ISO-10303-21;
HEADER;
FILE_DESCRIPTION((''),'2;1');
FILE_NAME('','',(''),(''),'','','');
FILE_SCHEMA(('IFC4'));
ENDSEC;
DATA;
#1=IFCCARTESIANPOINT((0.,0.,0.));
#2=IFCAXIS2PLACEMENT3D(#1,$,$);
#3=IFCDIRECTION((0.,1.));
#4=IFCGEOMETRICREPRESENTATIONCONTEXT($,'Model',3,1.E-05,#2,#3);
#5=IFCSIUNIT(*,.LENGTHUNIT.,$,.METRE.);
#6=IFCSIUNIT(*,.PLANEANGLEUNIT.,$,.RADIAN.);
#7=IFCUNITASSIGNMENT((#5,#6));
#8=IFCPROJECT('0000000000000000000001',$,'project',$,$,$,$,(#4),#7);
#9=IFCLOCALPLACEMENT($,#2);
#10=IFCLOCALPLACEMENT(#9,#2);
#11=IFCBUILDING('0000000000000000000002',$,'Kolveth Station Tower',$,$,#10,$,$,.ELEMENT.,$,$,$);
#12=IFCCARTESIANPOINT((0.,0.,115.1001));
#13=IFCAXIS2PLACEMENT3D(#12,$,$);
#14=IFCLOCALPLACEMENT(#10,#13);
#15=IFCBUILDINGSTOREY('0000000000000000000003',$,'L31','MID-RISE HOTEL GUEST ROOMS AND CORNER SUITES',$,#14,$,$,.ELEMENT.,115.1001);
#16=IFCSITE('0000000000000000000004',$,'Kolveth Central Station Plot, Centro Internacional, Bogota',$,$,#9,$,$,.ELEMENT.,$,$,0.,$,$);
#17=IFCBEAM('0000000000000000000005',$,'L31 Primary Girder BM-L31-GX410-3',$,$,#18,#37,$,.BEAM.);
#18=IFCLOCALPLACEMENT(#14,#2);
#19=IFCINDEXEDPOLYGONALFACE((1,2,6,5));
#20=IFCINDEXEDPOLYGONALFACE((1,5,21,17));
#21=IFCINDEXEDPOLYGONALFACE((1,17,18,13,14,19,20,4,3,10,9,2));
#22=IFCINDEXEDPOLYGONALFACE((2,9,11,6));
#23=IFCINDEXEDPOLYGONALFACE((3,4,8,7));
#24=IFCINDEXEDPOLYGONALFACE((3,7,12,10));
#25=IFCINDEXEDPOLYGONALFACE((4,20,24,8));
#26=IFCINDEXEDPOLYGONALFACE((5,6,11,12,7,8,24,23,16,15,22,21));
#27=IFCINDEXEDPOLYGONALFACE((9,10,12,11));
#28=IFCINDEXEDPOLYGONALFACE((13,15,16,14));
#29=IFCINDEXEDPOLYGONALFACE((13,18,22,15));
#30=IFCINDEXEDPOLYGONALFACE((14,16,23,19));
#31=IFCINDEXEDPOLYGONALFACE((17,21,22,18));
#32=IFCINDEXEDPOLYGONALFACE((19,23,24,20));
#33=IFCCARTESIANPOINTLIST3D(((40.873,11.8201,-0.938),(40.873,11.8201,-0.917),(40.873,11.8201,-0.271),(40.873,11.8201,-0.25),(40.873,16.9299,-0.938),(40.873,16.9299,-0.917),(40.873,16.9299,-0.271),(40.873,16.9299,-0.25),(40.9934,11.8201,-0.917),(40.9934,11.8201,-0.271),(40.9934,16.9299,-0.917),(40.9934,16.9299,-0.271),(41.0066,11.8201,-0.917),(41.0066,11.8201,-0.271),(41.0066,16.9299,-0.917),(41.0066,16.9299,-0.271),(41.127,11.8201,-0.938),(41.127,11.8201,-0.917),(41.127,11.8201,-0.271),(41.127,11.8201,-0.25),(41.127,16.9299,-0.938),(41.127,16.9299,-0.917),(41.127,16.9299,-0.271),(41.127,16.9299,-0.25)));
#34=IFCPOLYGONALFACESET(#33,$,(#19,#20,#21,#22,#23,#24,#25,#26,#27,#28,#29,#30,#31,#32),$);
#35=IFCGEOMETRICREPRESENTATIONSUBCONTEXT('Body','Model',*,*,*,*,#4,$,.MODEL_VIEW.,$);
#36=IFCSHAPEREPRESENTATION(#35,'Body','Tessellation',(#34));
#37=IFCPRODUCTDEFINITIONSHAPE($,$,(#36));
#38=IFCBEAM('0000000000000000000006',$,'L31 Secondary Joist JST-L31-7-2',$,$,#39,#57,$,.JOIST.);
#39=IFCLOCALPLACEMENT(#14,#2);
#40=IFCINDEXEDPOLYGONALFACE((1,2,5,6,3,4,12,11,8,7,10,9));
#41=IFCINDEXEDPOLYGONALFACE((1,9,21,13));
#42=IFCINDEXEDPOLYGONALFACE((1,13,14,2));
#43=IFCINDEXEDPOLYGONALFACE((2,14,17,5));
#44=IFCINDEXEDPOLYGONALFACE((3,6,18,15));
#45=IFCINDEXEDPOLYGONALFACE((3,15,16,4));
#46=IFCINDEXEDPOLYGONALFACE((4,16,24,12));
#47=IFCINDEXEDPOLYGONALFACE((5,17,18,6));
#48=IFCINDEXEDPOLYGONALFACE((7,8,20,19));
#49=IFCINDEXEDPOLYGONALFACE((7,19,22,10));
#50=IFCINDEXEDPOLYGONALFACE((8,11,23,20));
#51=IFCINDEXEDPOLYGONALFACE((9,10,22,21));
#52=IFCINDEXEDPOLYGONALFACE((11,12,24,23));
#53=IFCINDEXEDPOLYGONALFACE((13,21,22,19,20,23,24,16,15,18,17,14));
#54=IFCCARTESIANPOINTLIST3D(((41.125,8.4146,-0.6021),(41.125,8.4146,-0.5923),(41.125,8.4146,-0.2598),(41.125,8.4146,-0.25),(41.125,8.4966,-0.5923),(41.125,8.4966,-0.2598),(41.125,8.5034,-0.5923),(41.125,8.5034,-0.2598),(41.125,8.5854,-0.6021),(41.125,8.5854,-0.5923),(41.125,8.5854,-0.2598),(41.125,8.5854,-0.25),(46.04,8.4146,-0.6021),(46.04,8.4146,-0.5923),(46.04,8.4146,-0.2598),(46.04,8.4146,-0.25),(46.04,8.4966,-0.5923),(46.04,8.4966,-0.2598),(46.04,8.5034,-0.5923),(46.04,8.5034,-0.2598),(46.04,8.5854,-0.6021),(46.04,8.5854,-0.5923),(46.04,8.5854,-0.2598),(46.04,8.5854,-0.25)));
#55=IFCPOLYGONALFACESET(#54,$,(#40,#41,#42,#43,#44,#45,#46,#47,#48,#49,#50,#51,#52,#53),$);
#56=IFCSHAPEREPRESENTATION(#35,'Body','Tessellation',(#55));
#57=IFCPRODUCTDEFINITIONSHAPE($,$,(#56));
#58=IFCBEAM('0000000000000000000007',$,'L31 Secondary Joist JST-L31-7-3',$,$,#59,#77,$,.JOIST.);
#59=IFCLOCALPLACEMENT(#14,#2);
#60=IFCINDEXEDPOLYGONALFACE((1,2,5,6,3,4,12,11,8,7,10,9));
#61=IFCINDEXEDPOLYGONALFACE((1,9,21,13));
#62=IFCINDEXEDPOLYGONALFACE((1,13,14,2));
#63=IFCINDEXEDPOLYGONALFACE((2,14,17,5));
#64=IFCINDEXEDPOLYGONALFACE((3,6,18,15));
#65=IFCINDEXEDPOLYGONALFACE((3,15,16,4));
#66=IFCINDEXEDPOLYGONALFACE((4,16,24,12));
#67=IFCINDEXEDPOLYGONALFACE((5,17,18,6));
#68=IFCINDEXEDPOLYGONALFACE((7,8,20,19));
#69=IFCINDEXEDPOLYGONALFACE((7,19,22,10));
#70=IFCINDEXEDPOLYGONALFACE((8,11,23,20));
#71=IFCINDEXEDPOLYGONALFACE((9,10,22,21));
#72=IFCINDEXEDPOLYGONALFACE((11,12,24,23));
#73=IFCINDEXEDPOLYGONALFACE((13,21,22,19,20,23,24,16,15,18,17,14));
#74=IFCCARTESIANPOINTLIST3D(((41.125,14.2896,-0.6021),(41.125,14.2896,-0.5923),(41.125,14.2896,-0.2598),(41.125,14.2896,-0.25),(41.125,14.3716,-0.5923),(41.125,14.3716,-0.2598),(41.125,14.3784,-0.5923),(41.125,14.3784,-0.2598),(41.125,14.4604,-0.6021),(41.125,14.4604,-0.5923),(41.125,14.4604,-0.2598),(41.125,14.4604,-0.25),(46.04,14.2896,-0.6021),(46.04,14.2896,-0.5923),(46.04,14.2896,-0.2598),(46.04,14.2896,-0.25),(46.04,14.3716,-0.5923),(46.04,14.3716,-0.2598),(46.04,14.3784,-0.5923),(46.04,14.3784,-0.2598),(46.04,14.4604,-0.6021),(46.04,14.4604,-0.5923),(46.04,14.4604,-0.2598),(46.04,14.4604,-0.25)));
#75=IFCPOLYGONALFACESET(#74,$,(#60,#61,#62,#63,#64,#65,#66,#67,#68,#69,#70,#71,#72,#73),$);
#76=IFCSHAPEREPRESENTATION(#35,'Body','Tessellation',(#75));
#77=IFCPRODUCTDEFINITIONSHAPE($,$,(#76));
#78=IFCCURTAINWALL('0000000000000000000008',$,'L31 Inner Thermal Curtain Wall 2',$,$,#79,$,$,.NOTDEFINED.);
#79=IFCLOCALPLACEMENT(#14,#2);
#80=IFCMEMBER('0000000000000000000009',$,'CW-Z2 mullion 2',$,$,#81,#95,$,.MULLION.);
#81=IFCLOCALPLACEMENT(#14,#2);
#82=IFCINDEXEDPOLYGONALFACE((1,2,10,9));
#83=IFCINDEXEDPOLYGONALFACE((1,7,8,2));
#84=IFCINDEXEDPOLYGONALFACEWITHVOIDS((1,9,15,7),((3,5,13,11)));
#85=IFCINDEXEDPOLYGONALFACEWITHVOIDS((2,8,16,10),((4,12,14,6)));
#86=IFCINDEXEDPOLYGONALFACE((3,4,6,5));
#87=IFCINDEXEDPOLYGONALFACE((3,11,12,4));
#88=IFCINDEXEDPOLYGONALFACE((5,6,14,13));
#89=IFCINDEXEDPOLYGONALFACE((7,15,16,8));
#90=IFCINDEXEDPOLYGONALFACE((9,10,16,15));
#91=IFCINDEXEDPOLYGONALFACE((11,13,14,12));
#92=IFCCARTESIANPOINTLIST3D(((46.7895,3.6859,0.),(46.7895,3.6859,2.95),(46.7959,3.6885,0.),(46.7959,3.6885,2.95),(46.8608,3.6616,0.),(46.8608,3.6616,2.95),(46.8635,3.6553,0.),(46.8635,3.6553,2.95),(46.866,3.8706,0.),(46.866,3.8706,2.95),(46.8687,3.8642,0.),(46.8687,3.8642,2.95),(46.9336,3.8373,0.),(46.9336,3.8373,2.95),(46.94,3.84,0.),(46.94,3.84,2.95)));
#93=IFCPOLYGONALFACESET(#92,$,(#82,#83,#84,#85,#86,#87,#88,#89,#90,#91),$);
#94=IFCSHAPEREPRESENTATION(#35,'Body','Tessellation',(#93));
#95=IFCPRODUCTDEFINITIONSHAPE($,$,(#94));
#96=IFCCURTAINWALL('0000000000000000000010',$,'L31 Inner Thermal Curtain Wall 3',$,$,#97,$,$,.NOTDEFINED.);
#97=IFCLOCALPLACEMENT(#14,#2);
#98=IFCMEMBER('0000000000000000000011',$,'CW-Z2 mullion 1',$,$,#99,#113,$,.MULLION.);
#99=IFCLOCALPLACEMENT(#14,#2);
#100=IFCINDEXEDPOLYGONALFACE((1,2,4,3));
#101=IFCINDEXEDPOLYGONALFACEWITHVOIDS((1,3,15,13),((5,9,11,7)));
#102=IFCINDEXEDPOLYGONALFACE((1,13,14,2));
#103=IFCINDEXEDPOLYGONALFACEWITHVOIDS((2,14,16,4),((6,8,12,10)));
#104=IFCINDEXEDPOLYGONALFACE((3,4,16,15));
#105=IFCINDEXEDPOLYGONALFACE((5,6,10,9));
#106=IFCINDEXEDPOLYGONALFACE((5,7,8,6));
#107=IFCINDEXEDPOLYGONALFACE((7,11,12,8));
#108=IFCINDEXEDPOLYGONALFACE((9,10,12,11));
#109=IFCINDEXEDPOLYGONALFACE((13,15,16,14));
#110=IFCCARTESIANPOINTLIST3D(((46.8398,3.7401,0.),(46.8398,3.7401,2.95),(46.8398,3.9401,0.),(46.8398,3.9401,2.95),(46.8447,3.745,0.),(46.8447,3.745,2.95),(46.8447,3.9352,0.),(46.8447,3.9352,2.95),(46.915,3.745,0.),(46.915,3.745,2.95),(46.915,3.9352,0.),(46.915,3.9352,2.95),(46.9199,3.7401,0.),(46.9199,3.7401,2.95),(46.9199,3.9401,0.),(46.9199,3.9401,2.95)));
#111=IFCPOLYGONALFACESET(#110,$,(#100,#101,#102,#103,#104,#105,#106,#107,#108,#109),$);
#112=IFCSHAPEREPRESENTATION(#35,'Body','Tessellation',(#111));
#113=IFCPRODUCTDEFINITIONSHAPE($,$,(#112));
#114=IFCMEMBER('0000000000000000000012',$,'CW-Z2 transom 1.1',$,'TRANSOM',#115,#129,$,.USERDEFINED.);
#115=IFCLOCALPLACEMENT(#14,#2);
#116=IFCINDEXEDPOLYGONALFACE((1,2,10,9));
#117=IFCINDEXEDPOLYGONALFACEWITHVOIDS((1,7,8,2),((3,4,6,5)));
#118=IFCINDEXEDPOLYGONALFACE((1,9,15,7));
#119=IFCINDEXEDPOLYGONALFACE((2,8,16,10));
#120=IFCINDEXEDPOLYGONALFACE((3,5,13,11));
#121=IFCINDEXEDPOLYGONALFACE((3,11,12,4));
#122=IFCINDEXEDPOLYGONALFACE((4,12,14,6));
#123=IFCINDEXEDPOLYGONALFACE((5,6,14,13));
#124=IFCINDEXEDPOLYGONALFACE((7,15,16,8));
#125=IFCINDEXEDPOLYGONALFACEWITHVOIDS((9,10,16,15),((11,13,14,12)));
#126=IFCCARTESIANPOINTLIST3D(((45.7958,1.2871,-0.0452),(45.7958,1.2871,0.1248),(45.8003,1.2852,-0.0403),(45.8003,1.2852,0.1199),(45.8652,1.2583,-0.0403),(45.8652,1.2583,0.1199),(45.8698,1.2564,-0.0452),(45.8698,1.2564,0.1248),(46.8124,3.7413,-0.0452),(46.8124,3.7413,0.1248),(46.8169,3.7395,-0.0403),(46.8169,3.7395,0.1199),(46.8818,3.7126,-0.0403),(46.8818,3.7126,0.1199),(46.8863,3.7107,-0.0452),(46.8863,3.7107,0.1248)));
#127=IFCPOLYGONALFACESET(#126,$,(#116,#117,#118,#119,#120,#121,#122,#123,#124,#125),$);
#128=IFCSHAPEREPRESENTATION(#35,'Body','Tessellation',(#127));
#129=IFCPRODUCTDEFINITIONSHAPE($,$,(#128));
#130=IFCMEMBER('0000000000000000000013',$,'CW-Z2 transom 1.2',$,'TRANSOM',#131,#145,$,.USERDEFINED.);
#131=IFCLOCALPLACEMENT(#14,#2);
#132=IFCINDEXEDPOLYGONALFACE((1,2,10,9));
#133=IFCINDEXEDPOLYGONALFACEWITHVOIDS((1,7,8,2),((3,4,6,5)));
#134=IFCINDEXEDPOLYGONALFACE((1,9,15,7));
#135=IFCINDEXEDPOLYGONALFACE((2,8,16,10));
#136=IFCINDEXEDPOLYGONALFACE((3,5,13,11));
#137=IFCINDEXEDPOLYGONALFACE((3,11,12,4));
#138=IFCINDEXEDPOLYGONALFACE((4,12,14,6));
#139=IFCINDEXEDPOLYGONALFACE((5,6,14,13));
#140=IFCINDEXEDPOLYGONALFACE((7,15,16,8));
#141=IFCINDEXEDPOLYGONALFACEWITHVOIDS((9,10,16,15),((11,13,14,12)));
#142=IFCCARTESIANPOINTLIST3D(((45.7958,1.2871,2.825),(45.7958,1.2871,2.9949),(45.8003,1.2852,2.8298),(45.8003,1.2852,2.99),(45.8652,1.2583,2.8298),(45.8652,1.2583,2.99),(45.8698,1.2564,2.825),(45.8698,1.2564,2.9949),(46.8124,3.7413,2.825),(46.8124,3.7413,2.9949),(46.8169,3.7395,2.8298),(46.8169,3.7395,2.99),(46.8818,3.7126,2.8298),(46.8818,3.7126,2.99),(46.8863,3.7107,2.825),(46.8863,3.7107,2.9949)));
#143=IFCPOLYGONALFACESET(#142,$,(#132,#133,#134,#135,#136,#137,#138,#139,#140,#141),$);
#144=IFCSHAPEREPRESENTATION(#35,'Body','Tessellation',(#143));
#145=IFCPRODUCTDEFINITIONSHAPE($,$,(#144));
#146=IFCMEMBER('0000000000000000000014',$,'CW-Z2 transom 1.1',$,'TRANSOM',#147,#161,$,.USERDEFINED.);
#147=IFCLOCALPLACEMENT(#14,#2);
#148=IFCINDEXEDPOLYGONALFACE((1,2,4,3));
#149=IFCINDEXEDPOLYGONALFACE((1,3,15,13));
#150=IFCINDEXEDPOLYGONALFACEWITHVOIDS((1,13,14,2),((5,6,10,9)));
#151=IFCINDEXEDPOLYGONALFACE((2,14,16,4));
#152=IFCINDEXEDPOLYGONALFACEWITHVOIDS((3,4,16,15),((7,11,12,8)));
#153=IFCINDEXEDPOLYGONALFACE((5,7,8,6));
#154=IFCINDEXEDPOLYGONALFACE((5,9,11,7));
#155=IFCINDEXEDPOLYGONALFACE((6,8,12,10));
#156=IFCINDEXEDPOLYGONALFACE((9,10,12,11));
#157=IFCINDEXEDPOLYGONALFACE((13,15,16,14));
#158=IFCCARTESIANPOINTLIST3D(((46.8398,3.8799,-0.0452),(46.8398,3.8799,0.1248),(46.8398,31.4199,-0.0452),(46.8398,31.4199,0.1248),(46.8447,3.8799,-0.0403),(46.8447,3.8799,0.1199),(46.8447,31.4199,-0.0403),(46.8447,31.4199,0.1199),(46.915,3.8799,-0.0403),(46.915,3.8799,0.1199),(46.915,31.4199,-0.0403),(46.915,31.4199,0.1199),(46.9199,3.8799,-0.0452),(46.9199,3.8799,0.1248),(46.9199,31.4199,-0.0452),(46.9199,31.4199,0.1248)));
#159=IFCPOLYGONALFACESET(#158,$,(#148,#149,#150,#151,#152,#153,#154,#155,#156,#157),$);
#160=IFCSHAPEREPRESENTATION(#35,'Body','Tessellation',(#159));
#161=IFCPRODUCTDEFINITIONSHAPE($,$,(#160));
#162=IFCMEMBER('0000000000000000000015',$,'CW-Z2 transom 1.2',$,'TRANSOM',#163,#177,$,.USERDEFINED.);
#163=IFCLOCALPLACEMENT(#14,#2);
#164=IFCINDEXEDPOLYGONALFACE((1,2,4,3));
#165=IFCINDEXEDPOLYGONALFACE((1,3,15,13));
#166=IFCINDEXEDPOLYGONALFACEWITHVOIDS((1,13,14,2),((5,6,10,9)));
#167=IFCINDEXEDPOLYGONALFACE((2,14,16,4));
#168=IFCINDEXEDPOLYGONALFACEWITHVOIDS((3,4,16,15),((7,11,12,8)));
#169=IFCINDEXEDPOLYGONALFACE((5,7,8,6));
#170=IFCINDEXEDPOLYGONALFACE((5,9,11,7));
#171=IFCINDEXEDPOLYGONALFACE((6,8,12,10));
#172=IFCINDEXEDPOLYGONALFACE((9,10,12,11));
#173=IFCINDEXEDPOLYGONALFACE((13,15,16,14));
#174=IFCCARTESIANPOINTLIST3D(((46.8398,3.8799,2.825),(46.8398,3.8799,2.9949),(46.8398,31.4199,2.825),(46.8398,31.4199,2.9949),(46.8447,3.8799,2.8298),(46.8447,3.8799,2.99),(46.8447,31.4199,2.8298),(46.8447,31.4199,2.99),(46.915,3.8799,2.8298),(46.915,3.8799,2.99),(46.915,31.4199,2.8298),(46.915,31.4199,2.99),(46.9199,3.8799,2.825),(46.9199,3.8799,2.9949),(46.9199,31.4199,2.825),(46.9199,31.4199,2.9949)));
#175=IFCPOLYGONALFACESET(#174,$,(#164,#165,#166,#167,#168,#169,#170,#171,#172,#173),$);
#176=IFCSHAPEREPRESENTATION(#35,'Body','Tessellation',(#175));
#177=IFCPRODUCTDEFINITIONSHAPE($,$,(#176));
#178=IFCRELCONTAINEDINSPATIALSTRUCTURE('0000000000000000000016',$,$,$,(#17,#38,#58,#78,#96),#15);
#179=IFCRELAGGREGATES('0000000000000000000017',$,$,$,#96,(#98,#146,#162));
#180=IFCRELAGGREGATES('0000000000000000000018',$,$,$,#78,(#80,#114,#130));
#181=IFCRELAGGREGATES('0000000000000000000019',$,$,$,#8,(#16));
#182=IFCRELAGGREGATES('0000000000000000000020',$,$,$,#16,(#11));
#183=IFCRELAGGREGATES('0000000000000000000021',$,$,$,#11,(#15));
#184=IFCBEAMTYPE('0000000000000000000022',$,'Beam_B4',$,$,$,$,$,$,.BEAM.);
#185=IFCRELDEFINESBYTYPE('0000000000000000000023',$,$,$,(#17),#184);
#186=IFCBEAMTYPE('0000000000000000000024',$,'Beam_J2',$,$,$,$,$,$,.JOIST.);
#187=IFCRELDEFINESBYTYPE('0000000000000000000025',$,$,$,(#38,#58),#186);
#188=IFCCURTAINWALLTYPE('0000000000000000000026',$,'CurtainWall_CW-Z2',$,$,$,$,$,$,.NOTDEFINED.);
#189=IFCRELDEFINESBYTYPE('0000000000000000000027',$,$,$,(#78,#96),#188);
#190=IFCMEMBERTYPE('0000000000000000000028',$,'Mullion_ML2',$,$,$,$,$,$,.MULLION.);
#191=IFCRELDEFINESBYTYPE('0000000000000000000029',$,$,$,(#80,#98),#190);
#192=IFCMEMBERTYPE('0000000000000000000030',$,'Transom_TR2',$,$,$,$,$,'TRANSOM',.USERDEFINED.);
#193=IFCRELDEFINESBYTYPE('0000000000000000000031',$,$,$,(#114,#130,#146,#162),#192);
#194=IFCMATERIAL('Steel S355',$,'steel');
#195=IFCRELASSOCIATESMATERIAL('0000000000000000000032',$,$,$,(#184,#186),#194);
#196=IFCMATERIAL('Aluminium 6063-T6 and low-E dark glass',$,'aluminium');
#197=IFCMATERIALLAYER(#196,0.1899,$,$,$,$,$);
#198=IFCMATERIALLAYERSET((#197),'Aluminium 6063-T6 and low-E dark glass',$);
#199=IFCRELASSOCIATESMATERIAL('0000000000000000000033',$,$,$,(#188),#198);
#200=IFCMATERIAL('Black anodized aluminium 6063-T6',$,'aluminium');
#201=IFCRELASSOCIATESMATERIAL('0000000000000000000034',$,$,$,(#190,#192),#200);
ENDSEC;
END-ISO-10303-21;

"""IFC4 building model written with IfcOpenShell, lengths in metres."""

from ifc_helpers import new_model, si_unit, direction, frame, origin, origin_2d, place, context, subcontext, project, spatial, hollow_rectangle, i_section, extrude, source, transform, mapped, material, layer, layer_set, material_profile, profile_set, type_object, element, aggregate, save


model = new_model("IFC4")

# Units and contexts
model_context = context("Model", 3, precision=1e-05, world=origin(), true_north=direction((0.0, 1.0)))
body_context = subcontext(model_context, "Body", "Model", "MODEL_VIEW")
ifc_project = project(units=[si_unit("LENGTHUNIT", "METRE"), si_unit("PLANEANGLEUNIT", "RADIAN")], contexts=[model_context])

# Site, building, storey
site_placement = place(None, origin())
site = spatial("IfcSite", under=ifc_project, at=site_placement, Name="Kolveth Central Station Plot, Centro Internacional, Bogota", CompositionType="ELEMENT", RefElevation=0.0)
building_placement = place(site_placement, origin())
building = spatial("IfcBuilding", under=site, at=building_placement, Name="Kolveth Station Tower", CompositionType="ELEMENT")
storey_placement = place(building_placement, frame((0.0, 0.0, 115.1001)))
storey = spatial("IfcBuildingStorey", under=building, at=storey_placement, Name="L31", Description="MID-RISE HOTEL GUEST ROOMS AND CORNER SUITES", CompositionType="ELEMENT", Elevation=115.1001)

# Beams
ifc_material_1 = material(Name="Steel S355", Category="steel")
ifc_material_profile_1 = material_profile(ifc_material_1, i_section(OverallWidth=0.2539, OverallDepth=0.688, WebThickness=0.0132, FlangeThickness=0.021, at=origin_2d()), Name="W690x152")
ifc_profile_set_1 = profile_set([ifc_material_profile_1], Name="Steel S355")
beam_type_1 = type_object("IfcBeamType", Name="Beam_B4", PredefinedType="BEAM", material=ifc_profile_set_1)
shared_shape_1 = source(origin(), body_context, "Body", "SweptSolid", [
    extrude(i_section(OverallWidth=0.2539, OverallDepth=0.688, WebThickness=0.0132, FlangeThickness=0.021, at=origin_2d()), origin(), (0.0, 0.0, 1.0), 5.1099),
])
beam_1_placement = place(storey_placement, frame((41.0, 11.8201, -0.594), z_axis=(0.0, 1.0, 0.0), x_axis=(-1.0, 0.0, 0.0)))
element("IfcBeam", 1, at=beam_1_placement, inside=storey, type_object=beam_type_1, Name="L31 Primary Girder BM-L31-GX410-3", PredefinedType="BEAM", context=body_context, shape_type="MappedRepresentation", body=[
    mapped(shared_shape_1, transform((0.0, 0.0, 0.0), x_axis=(1.0, 0.0, 0.0), y_axis=(0.0, 1.0, 0.0), z_axis=(0.0, 0.0, 1.0), scale=1.0)),
])
ifc_material_profile_2 = material_profile(ifc_material_1, i_section(OverallWidth=0.1709, OverallDepth=0.3521, WebThickness=0.0068, FlangeThickness=0.0098, at=origin_2d()), Name="W360x44")
ifc_profile_set_2 = profile_set([ifc_material_profile_2], Name="Steel S355")
beam_type_2 = type_object("IfcBeamType", Name="Beam_J2", PredefinedType="JOIST", material=ifc_profile_set_2)
shared_shape_2 = source(origin(), body_context, "Body", "SweptSolid", [
    extrude(i_section(OverallWidth=0.1709, OverallDepth=0.3521, WebThickness=0.0068, FlangeThickness=0.0098, at=origin_2d()), origin(), (0.0, 0.0, 1.0), 4.915),
])
for number, where, z_axis, x_axis, name in (
    (2, (41.125, 8.5, -0.426), (1.0, 0.0, 0.0), (0.0, 1.0, 0.0), "L31 Secondary Joist JST-L31-7-2"),
    (3, (41.125, 14.375, -0.426), (1.0, 0.0, 0.0), (0.0, 1.0, 0.0), "L31 Secondary Joist JST-L31-7-3"),
):
    element("IfcBeam", number, at=place(storey_placement, frame(where, z_axis=z_axis, x_axis=x_axis)), inside=storey, type_object=beam_type_2, Name=name, PredefinedType="JOIST", context=body_context, shape_type="MappedRepresentation", body=[
        mapped(shared_shape_2, transform((0.0, 0.0, 0.0), x_axis=(1.0, 0.0, 0.0), y_axis=(0.0, 1.0, 0.0), z_axis=(0.0, 0.0, 1.0), scale=1.0)),
    ])

# Curtain walls, members
ifc_material_2 = material(Name="Aluminium 6063-T6 and low-E dark glass", Category="aluminium")
ifc_layer_1 = layer(ifc_material_2, 0.1899)
ifc_layer_set_1 = layer_set([ifc_layer_1], Name="Aluminium 6063-T6 and low-E dark glass")
curtain_wall_type_1 = type_object("IfcCurtainWallType", Name="CurtainWall_CW-Z2", PredefinedType="NOTDEFINED", material=ifc_layer_set_1)
curtain_wall_1_placement = place(storey_placement, origin())
curtain_wall_1 = element("IfcCurtainWall", 4, at=curtain_wall_1_placement, inside=storey, type_object=curtain_wall_type_1, Name="L31 Inner Thermal Curtain Wall 2", PredefinedType="NOTDEFINED")
ifc_material_3 = material(Name="Black anodized aluminium 6063-T6", Category="aluminium")
ifc_material_profile_3 = material_profile(ifc_material_3, hollow_rectangle(XDim=0.0801, YDim=0.2, WallThickness=0.0049, at=origin_2d()), Name="ALU-80x200x5")
ifc_profile_set_3 = profile_set([ifc_material_profile_3], Name="Black anodized aluminium 6063-T6")
member_type_1 = type_object("IfcMemberType", Name="Mullion_ML2", PredefinedType="MULLION", material=ifc_profile_set_3)
shared_shape_3 = source(origin(), body_context, "Body", "SweptSolid", [
    extrude(hollow_rectangle(XDim=0.0801, YDim=0.2, WallThickness=0.0049, at=origin_2d()), origin(), (0.0, 0.0, 1.0), 2.95),
])
member_1_placement = place(storey_placement, frame((46.8647, 3.7629, 0.0), z_axis=(0.0, 0.0, 1.0), x_axis=(-0.923888, 0.382663, 0.0)))
member_1 = element("IfcMember", 5, at=member_1_placement, type_object=member_type_1, Name="CW-Z2 mullion 2", PredefinedType="MULLION", context=body_context, shape_type="MappedRepresentation", body=[
    mapped(shared_shape_3, transform((0.0, 0.0, 0.0), x_axis=(1.0, 0.0, 0.0), y_axis=(0.0, 1.0, 0.0), z_axis=(0.0, 0.0, 1.0), scale=1.0)),
])
curtain_wall_2_placement = place(storey_placement, origin())
curtain_wall_2 = element("IfcCurtainWall", 6, at=curtain_wall_2_placement, inside=storey, type_object=curtain_wall_type_1, Name="L31 Inner Thermal Curtain Wall 3", PredefinedType="NOTDEFINED")
member_2_placement = place(storey_placement, frame((46.8799, 3.8401, 0.0), z_axis=(0.0, 0.0, 1.0), x_axis=(-1.0, 0.0, 0.0)))
member_2 = element("IfcMember", 7, at=member_2_placement, type_object=member_type_1, Name="CW-Z2 mullion 1", PredefinedType="MULLION", context=body_context, shape_type="MappedRepresentation", body=[
    mapped(shared_shape_3, transform((0.0, 0.0, 0.0), x_axis=(1.0, 0.0, 0.0), y_axis=(0.0, 1.0, 0.0), z_axis=(0.0, 0.0, 1.0), scale=1.0)),
])

# Members
ifc_material_profile_4 = material_profile(ifc_material_3, hollow_rectangle(XDim=0.0801, YDim=0.1699, WallThickness=0.0049, at=origin_2d()), Name="ALU-80x170x5")
ifc_profile_set_4 = profile_set([ifc_material_profile_4], Name="Black anodized aluminium 6063-T6")
member_type_2 = type_object("IfcMemberType", Name="Transom_TR2", ElementType="TRANSOM", PredefinedType="USERDEFINED", material=ifc_profile_set_4)
shared_shape_4 = source(origin(), body_context, "Body", "SweptSolid", [
    extrude(hollow_rectangle(XDim=0.0801, YDim=0.1699, WallThickness=0.0049, at=origin_2d()), origin(), (0.0, 0.0, 1.0), 2.6565),
])
member_3_placement = place(storey_placement, frame((45.8328, 1.2717, 0.0398), z_axis=(0.382676, 0.923882, 0.0), x_axis=(-0.923882, 0.382676, 0.0)))
member_3 = element("IfcMember", 8, at=member_3_placement, type_object=member_type_2, Name="CW-Z2 transom 1.1", ObjectType="TRANSOM", PredefinedType="USERDEFINED", context=body_context, shape_type="MappedRepresentation", body=[
    mapped(shared_shape_4, transform((0.0, 0.0, 0.0), x_axis=(1.0, 0.0, 0.0), y_axis=(0.0, 1.0, 0.0), z_axis=(0.0, 0.0, 1.0), scale=1.0)),
])
member_4_placement = place(storey_placement, frame((45.8328, 1.2717, 2.9099), z_axis=(0.382676, 0.923882, 0.0), x_axis=(-0.923882, 0.382676, 0.0)))
member_4 = element("IfcMember", 9, at=member_4_placement, type_object=member_type_2, Name="CW-Z2 transom 1.2", ObjectType="TRANSOM", PredefinedType="USERDEFINED", context=body_context, shape_type="MappedRepresentation", body=[
    mapped(shared_shape_4, transform((0.0, 0.0, 0.0), x_axis=(1.0, 0.0, 0.0), y_axis=(0.0, 1.0, 0.0), z_axis=(0.0, 0.0, 1.0), scale=1.0)),
])
shared_shape_5 = source(origin(), body_context, "Body", "SweptSolid", [
    extrude(hollow_rectangle(XDim=0.0801, YDim=0.1699, WallThickness=0.0049, at=origin_2d()), origin(), (0.0, 0.0, 1.0), 27.54),
])
member_5_placement = place(storey_placement, frame((46.8799, 3.8799, 0.0398), z_axis=(0.0, 1.0, 0.0), x_axis=(-1.0, 0.0, 0.0)))
member_5 = element("IfcMember", 10, at=member_5_placement, type_object=member_type_2, Name="CW-Z2 transom 1.1", ObjectType="TRANSOM", PredefinedType="USERDEFINED", context=body_context, shape_type="MappedRepresentation", body=[
    mapped(shared_shape_5, transform((0.0, 0.0, 0.0), x_axis=(1.0, 0.0, 0.0), y_axis=(0.0, 1.0, 0.0), z_axis=(0.0, 0.0, 1.0), scale=1.0)),
])
member_6_placement = place(storey_placement, frame((46.8799, 3.8799, 2.9099), z_axis=(0.0, 1.0, 0.0), x_axis=(-1.0, 0.0, 0.0)))
member_6 = element("IfcMember", 11, at=member_6_placement, type_object=member_type_2, Name="CW-Z2 transom 1.2", ObjectType="TRANSOM", PredefinedType="USERDEFINED", context=body_context, shape_type="MappedRepresentation", body=[
    mapped(shared_shape_5, transform((0.0, 0.0, 0.0), x_axis=(1.0, 0.0, 0.0), y_axis=(0.0, 1.0, 0.0), z_axis=(0.0, 0.0, 1.0), scale=1.0)),
])
aggregate(curtain_wall_2, [member_2, member_5, member_6])

aggregate(curtain_wall_1, [member_1, member_3, member_4])

save(model, "model.ifc")
